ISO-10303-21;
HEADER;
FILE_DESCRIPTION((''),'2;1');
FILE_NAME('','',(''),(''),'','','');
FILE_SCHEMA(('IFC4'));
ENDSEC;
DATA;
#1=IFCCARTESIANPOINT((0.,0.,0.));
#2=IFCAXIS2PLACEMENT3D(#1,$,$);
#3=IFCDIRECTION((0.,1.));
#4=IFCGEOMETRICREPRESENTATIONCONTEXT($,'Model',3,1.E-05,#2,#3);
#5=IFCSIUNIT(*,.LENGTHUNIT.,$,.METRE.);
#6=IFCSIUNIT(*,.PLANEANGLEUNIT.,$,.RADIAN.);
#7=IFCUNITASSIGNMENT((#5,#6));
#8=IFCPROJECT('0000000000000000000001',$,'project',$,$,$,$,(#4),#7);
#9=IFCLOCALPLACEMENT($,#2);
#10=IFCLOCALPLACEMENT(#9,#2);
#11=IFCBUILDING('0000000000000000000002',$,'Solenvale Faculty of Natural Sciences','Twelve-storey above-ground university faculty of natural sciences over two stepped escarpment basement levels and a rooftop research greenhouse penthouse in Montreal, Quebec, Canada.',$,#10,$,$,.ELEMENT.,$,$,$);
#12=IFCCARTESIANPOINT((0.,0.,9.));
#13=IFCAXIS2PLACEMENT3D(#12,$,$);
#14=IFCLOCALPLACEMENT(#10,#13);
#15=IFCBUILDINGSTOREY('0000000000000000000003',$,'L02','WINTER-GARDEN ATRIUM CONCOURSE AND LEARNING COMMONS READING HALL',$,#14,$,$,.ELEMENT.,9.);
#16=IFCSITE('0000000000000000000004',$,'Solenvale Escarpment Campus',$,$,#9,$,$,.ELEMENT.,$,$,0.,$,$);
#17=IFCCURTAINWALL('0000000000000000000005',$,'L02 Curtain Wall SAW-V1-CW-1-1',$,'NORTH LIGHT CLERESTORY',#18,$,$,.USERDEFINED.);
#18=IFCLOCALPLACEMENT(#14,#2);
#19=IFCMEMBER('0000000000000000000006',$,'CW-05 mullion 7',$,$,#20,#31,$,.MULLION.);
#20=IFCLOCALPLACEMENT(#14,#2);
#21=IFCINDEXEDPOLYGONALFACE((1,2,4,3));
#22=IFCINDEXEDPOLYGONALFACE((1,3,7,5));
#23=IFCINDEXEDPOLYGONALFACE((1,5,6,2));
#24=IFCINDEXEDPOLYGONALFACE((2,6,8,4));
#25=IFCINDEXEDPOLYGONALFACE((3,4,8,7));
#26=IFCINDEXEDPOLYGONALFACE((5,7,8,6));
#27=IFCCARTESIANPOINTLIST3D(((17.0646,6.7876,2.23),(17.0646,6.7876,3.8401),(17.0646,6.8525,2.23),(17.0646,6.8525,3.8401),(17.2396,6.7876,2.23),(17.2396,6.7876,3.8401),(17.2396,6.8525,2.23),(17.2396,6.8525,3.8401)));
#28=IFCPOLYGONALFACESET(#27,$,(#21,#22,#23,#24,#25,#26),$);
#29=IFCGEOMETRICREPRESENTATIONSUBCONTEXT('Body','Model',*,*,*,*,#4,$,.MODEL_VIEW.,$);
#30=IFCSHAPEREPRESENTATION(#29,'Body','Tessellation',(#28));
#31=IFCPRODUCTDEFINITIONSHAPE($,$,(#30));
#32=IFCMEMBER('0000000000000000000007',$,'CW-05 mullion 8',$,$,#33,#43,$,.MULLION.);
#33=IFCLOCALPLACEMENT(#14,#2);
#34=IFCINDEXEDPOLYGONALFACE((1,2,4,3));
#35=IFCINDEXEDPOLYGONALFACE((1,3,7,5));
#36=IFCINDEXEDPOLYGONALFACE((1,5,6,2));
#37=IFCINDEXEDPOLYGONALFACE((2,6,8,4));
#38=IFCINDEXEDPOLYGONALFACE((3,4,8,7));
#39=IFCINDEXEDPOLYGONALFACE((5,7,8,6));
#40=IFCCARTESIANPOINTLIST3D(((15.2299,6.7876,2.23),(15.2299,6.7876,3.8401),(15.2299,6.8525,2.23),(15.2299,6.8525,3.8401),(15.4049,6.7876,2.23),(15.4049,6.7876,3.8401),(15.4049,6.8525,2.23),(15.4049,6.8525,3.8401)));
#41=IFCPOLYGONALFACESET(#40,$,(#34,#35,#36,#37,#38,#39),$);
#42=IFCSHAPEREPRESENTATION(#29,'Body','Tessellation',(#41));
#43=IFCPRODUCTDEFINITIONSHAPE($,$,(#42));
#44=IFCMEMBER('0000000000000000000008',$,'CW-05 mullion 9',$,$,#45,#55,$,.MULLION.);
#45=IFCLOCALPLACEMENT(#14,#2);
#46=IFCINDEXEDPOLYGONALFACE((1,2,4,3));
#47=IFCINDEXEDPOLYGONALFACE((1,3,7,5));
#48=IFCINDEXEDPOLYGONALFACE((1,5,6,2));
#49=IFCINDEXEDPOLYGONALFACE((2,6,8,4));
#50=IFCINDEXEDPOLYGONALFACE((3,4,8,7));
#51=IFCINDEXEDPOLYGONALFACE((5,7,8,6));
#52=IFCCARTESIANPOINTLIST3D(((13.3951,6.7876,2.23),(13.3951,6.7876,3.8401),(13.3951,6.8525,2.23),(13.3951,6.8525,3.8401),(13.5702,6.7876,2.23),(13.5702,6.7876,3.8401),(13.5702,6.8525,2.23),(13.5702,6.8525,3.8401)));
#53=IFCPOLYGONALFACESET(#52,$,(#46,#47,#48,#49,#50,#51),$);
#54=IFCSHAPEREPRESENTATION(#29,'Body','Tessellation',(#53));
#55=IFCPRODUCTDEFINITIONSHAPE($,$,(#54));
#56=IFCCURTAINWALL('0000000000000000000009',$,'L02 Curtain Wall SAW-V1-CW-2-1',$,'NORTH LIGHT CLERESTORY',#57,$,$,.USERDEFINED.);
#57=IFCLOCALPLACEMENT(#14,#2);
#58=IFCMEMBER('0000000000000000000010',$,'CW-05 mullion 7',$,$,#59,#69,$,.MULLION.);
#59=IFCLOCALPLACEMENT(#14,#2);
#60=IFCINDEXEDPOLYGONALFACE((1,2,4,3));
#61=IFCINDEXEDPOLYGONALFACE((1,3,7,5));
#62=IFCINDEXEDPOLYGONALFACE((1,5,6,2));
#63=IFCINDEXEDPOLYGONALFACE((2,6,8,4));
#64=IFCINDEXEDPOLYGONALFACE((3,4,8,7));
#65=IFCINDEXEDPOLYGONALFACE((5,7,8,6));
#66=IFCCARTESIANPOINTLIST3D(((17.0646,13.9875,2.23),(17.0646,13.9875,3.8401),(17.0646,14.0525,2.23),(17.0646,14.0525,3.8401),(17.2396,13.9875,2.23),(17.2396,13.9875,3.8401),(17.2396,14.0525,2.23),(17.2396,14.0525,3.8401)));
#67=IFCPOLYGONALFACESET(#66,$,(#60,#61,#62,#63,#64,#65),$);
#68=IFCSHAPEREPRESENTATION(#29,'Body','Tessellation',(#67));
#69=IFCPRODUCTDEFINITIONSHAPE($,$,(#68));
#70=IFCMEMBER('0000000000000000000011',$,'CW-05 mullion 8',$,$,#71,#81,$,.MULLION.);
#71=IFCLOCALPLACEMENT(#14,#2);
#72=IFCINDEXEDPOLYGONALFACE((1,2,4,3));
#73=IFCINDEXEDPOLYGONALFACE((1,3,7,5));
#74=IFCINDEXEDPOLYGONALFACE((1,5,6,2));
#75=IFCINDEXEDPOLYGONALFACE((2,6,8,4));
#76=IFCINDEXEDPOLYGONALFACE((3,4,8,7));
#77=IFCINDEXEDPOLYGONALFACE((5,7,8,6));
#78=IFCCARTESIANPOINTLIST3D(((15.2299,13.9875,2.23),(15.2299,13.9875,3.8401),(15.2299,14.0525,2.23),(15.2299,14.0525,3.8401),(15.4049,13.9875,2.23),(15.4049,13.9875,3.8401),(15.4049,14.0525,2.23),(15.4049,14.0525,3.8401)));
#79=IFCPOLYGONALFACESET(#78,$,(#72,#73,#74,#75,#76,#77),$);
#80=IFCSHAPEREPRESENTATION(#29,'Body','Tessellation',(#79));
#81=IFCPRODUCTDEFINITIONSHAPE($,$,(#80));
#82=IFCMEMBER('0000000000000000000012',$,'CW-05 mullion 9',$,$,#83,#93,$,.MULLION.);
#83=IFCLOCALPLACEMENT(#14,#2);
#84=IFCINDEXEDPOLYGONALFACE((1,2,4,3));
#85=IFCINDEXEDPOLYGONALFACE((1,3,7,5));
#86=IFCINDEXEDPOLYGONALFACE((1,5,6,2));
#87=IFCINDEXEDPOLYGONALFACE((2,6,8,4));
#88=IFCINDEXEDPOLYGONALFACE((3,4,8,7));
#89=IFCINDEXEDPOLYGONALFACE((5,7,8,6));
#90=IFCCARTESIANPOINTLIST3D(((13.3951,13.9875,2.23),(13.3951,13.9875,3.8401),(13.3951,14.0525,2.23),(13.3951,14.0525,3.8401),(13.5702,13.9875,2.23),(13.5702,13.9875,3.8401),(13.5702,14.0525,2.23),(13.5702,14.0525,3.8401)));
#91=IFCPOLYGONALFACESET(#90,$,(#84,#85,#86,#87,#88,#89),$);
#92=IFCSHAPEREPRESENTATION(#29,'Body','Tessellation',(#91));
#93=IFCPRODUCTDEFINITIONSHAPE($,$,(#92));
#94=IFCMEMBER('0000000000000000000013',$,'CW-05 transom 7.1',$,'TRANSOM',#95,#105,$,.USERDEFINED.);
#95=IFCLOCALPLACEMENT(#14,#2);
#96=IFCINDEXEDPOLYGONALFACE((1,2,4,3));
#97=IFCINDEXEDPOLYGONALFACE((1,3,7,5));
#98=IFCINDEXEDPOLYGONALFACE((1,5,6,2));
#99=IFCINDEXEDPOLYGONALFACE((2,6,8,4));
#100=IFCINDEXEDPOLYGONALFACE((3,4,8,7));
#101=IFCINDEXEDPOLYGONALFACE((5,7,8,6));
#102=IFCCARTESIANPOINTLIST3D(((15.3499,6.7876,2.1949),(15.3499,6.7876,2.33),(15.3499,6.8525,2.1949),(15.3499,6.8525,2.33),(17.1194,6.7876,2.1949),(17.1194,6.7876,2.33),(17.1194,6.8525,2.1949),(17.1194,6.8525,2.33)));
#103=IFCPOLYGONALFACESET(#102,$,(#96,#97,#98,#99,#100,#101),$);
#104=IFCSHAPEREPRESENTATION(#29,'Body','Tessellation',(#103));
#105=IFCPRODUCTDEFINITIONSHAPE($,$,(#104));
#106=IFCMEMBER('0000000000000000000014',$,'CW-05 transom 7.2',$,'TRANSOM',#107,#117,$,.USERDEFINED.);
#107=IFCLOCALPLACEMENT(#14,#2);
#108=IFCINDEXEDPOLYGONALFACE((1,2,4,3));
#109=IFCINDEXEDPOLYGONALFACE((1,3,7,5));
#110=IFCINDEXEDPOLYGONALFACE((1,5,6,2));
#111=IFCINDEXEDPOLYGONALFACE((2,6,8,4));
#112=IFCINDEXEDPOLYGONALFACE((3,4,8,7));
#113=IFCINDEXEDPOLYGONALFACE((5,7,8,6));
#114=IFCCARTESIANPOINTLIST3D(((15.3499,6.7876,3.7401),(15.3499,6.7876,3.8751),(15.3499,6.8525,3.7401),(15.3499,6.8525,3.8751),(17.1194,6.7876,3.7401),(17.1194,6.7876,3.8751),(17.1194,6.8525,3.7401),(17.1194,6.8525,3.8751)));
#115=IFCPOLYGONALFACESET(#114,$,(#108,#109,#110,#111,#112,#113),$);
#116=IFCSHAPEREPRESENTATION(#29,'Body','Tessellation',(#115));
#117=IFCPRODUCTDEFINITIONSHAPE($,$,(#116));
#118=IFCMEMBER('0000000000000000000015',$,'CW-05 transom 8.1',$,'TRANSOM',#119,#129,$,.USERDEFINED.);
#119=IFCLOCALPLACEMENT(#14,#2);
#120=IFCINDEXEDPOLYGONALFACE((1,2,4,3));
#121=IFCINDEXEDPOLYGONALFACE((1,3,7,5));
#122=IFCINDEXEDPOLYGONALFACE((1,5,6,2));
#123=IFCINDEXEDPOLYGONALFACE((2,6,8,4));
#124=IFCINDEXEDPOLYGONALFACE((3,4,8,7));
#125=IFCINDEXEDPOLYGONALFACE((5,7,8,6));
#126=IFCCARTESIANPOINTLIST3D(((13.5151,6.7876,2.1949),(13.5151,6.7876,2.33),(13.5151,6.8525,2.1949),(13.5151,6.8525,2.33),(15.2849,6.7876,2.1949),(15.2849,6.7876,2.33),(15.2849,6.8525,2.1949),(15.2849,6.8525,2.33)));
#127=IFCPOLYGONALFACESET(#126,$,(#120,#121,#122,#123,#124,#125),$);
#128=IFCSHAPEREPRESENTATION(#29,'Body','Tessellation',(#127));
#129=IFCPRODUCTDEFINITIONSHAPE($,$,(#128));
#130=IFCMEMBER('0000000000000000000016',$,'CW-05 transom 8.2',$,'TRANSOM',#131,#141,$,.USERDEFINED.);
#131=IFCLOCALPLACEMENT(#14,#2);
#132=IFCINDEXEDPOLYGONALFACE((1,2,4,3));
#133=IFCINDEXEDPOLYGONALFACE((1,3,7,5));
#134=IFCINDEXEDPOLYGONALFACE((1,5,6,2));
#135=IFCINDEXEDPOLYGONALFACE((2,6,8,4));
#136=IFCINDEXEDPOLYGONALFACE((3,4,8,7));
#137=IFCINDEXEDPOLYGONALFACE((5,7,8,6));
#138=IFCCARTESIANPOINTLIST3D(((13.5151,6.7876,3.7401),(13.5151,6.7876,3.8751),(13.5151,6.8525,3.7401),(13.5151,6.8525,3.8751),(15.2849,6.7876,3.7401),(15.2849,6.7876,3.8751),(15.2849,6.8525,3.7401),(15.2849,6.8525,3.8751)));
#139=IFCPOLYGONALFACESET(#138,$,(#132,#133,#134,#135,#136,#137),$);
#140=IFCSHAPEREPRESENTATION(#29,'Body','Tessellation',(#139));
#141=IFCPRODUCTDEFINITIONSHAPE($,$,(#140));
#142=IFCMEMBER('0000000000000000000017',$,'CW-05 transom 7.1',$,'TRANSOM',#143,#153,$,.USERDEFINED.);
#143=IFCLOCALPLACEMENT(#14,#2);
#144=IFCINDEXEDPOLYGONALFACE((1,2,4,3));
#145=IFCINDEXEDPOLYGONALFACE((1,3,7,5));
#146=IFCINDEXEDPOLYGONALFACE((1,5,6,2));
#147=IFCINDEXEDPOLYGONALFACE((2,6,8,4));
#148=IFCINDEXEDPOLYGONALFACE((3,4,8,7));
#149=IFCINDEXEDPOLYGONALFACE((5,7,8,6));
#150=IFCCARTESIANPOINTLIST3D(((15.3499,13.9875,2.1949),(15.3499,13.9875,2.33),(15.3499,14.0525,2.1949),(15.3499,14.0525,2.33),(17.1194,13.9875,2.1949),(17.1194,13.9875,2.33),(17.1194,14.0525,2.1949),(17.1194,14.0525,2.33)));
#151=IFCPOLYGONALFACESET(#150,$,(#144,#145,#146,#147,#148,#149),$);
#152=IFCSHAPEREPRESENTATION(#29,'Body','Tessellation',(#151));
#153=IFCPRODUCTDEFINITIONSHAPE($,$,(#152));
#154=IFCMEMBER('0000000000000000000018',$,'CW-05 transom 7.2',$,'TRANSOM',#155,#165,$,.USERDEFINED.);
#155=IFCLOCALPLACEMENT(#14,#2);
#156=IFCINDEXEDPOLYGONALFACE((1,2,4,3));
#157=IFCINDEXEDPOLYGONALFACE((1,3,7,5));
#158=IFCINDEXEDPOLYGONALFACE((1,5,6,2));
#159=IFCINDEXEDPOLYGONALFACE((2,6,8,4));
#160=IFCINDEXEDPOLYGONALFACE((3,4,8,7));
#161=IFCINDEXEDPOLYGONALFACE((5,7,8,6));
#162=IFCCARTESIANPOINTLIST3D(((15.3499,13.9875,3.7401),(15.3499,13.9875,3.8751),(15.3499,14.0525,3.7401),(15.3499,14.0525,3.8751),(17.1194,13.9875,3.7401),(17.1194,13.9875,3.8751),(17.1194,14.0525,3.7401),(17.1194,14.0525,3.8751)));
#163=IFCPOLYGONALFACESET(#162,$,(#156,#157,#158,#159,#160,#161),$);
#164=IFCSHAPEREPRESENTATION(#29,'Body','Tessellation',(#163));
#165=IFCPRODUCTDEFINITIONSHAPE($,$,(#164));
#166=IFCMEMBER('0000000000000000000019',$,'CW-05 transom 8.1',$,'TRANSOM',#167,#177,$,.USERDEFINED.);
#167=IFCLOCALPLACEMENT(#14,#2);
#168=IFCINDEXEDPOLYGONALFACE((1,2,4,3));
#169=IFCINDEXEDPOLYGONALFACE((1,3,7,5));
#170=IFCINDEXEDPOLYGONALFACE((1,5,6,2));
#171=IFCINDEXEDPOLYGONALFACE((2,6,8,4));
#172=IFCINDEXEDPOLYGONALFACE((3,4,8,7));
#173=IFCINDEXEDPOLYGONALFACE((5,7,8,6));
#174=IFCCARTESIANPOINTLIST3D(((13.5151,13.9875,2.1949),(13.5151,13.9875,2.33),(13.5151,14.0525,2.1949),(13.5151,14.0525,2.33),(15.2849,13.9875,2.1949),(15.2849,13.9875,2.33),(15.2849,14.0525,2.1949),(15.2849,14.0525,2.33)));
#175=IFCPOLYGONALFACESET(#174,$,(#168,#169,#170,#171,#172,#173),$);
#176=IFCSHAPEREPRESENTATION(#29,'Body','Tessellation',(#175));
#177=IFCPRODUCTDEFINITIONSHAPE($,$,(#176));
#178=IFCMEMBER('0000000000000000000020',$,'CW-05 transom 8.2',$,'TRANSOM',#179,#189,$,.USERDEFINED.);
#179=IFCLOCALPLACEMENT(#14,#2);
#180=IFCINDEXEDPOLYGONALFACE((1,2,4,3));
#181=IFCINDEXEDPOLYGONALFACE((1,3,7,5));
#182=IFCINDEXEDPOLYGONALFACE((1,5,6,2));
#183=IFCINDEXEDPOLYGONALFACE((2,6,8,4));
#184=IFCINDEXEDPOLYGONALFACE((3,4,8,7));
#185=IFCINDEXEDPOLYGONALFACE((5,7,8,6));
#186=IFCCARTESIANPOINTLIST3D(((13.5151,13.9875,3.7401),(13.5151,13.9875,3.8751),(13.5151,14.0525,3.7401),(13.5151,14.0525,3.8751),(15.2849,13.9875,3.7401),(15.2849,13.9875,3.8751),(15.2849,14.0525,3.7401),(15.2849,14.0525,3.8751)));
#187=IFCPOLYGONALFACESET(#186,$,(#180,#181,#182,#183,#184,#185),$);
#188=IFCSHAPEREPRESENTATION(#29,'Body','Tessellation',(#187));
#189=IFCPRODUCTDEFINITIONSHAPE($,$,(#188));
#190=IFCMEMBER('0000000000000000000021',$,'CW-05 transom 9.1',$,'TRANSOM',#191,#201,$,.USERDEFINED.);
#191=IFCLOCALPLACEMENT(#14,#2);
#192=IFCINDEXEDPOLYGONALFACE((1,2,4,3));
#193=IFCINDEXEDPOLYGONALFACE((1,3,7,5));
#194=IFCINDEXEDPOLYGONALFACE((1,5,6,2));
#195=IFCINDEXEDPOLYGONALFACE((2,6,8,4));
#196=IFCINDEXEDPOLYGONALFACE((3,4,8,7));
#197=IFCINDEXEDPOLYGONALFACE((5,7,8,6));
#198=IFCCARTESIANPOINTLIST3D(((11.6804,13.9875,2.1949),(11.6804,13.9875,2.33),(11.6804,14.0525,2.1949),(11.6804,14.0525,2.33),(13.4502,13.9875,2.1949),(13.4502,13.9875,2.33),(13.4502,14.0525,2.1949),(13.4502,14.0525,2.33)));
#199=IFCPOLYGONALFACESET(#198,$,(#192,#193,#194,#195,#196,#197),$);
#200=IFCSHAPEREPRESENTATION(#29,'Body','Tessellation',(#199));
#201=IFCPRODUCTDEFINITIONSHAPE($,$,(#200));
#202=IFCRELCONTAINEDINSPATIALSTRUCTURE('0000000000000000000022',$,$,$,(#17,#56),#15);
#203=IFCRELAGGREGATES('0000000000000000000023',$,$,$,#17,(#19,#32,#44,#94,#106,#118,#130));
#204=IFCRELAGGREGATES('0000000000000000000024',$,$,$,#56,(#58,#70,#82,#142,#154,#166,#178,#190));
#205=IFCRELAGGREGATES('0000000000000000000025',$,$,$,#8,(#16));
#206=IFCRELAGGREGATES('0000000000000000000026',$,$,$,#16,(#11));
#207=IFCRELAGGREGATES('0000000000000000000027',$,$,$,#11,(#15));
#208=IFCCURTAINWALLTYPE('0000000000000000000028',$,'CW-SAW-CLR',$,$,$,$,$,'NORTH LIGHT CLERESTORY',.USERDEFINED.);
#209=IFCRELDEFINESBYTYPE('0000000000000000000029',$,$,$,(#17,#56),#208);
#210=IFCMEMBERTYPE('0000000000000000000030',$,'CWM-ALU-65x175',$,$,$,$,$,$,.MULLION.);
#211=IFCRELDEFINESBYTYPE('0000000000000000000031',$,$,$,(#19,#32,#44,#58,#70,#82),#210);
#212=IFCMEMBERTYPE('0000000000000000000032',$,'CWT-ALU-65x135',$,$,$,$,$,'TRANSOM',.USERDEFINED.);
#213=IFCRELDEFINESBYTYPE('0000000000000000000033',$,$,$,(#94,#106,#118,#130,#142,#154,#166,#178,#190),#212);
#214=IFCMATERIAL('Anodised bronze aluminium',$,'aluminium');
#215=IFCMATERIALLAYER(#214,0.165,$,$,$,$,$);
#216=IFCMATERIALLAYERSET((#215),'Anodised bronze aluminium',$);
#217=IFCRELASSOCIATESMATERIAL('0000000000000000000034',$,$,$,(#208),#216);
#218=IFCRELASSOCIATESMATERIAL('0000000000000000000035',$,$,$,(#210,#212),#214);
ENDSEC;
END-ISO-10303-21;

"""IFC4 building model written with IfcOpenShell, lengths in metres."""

from ifc_helpers import new_model, si_unit, direction, frame, origin, origin_2d, place, context, subcontext, project, spatial, rectangle, extrude, material, layer, layer_set, material_profile, profile_set, type_object, element, aggregate, save


model = new_model("IFC4")

# Units and contexts
model_context = context("Model", 3, precision=1e-05, world=origin(), true_north=direction((0.0, 1.0)))
body_context = subcontext(model_context, "Body", "Model", "MODEL_VIEW")
ifc_project = project(units=[si_unit("LENGTHUNIT", "METRE"), si_unit("PLANEANGLEUNIT", "RADIAN")], contexts=[model_context])

# Site, building, storey
site_placement = place(None, origin())
site = spatial("IfcSite", under=ifc_project, at=site_placement, Name="Solenvale Escarpment Campus", CompositionType="ELEMENT", RefElevation=0.0)
building_placement = place(site_placement, origin())
building = spatial("IfcBuilding", under=site, at=building_placement, Name="Solenvale Faculty of Natural Sciences", Description="Twelve-storey above-ground university faculty of natural sciences over two stepped escarpment basement levels and a rooftop research greenhouse penthouse in Montreal, Quebec, Canada.", CompositionType="ELEMENT")
storey_placement = place(building_placement, frame((0.0, 0.0, 9.0)))
storey = spatial("IfcBuildingStorey", under=building, at=storey_placement, Name="L02", Description="WINTER-GARDEN ATRIUM CONCOURSE AND LEARNING COMMONS READING HALL", CompositionType="ELEMENT", Elevation=9.0)

# Curtain walls, members
ifc_material_1 = material(Name="Anodised bronze aluminium", Category="aluminium")
ifc_layer_1 = layer(ifc_material_1, 0.165)
ifc_layer_set_1 = layer_set([ifc_layer_1], Name="Anodised bronze aluminium")
curtain_wall_type = type_object("IfcCurtainWallType", Name="CW-SAW-CLR", ElementType="NORTH LIGHT CLERESTORY", PredefinedType="USERDEFINED", material=ifc_layer_set_1)
curtain_wall_1_placement = place(storey_placement, origin())
curtain_wall_1 = element("IfcCurtainWall", 1, at=curtain_wall_1_placement, inside=storey, type_object=curtain_wall_type, Name="L02 Curtain Wall SAW-V1-CW-1-1", ObjectType="NORTH LIGHT CLERESTORY", PredefinedType="USERDEFINED")
ifc_material_profile_1 = material_profile(ifc_material_1, rectangle(XDim=0.0649, YDim=0.175, at=origin_2d()), Name="ALU-MUL-65x175")
ifc_profile_set_1 = profile_set([ifc_material_profile_1], Name="Anodised bronze aluminium")
member_type_1 = type_object("IfcMemberType", Name="CWM-ALU-65x175", PredefinedType="MULLION", material=ifc_profile_set_1)
member_1_placement = place(storey_placement, frame((17.1521, 6.8201, 2.23), z_axis=(0.0, 0.0, 1.0), x_axis=(0.0, -1.0, 0.0)))
member_1 = element("IfcMember", 2, at=member_1_placement, type_object=member_type_1, Name="CW-05 mullion 7", PredefinedType="MULLION", context=body_context, shape_type="SweptSolid", body=[
    extrude(rectangle(XDim=0.0649, YDim=0.175, at=origin_2d()), origin(), (0.0, 0.0, 1.0), 1.6101),
])
member_2_placement = place(storey_placement, frame((15.3174, 6.8201, 2.23), z_axis=(0.0, 0.0, 1.0), x_axis=(0.0, -1.0, 0.0)))
member_2 = element("IfcMember", 3, at=member_2_placement, type_object=member_type_1, Name="CW-05 mullion 8", PredefinedType="MULLION", context=body_context, shape_type="SweptSolid", body=[
    extrude(rectangle(XDim=0.0649, YDim=0.175, at=origin_2d()), origin(), (0.0, 0.0, 1.0), 1.6101),
])
member_3_placement = place(storey_placement, frame((13.4827, 6.8201, 2.23), z_axis=(0.0, 0.0, 1.0), x_axis=(0.0, -1.0, 0.0)))
member_3 = element("IfcMember", 4, at=member_3_placement, type_object=member_type_1, Name="CW-05 mullion 9", PredefinedType="MULLION", context=body_context, shape_type="SweptSolid", body=[
    extrude(rectangle(XDim=0.0649, YDim=0.175, at=origin_2d()), origin(), (0.0, 0.0, 1.0), 1.6101),
])
curtain_wall_2_placement = place(storey_placement, origin())
curtain_wall_2 = element("IfcCurtainWall", 5, at=curtain_wall_2_placement, inside=storey, type_object=curtain_wall_type, Name="L02 Curtain Wall SAW-V1-CW-2-1", ObjectType="NORTH LIGHT CLERESTORY", PredefinedType="USERDEFINED")
member_4_placement = place(storey_placement, frame((17.1521, 14.02, 2.23), z_axis=(0.0, 0.0, 1.0), x_axis=(0.0, -1.0, 0.0)))
member_4 = element("IfcMember", 6, at=member_4_placement, type_object=member_type_1, Name="CW-05 mullion 7", PredefinedType="MULLION", context=body_context, shape_type="SweptSolid", body=[
    extrude(rectangle(XDim=0.0649, YDim=0.175, at=origin_2d()), origin(), (0.0, 0.0, 1.0), 1.6101),
])
member_5_placement = place(storey_placement, frame((15.3174, 14.02, 2.23), z_axis=(0.0, 0.0, 1.0), x_axis=(0.0, -1.0, 0.0)))
member_5 = element("IfcMember", 7, at=member_5_placement, type_object=member_type_1, Name="CW-05 mullion 8", PredefinedType="MULLION", context=body_context, shape_type="SweptSolid", body=[
    extrude(rectangle(XDim=0.0649, YDim=0.175, at=origin_2d()), origin(), (0.0, 0.0, 1.0), 1.6101),
])
member_6_placement = place(storey_placement, frame((13.4827, 14.02, 2.23), z_axis=(0.0, 0.0, 1.0), x_axis=(0.0, -1.0, 0.0)))
member_6 = element("IfcMember", 8, at=member_6_placement, type_object=member_type_1, Name="CW-05 mullion 9", PredefinedType="MULLION", context=body_context, shape_type="SweptSolid", body=[
    extrude(rectangle(XDim=0.0649, YDim=0.175, at=origin_2d()), origin(), (0.0, 0.0, 1.0), 1.6101),
])

# Members
ifc_material_profile_2 = material_profile(ifc_material_1, rectangle(XDim=0.0649, YDim=0.135, at=origin_2d()), Name="ALU-TRN-65x135")
ifc_profile_set_2 = profile_set([ifc_material_profile_2], Name="Anodised bronze aluminium")
member_type_2 = type_object("IfcMemberType", Name="CWT-ALU-65x135", ElementType="TRANSOM", PredefinedType="USERDEFINED", material=ifc_profile_set_2)
member_7_placement = place(storey_placement, frame((17.1194, 6.8201, 2.2625), z_axis=(-1.0, 0.0, 0.0), x_axis=(0.0, -1.0, 0.0)))
member_7 = element("IfcMember", 9, at=member_7_placement, type_object=member_type_2, Name="CW-05 transom 7.1", ObjectType="TRANSOM", PredefinedType="USERDEFINED", context=body_context, shape_type="SweptSolid", body=[
    extrude(rectangle(XDim=0.0649, YDim=0.135, at=origin_2d()), origin(), (0.0, 0.0, 1.0), 1.7695),
])
member_8_placement = place(storey_placement, frame((17.1194, 6.8201, 3.8076), z_axis=(-1.0, 0.0, 0.0), x_axis=(0.0, -1.0, 0.0)))
member_8 = element("IfcMember", 10, at=member_8_placement, type_object=member_type_2, Name="CW-05 transom 7.2", ObjectType="TRANSOM", PredefinedType="USERDEFINED", context=body_context, shape_type="SweptSolid", body=[
    extrude(rectangle(XDim=0.0649, YDim=0.135, at=origin_2d()), origin(), (0.0, 0.0, 1.0), 1.7695),
])
member_9_placement = place(storey_placement, frame((15.2849, 6.8201, 2.2625), z_axis=(-1.0, 0.0, 0.0), x_axis=(0.0, -1.0, 0.0)))
member_9 = element("IfcMember", 11, at=member_9_placement, type_object=member_type_2, Name="CW-05 transom 8.1", ObjectType="TRANSOM", PredefinedType="USERDEFINED", context=body_context, shape_type="SweptSolid", body=[
    extrude(rectangle(XDim=0.0649, YDim=0.135, at=origin_2d()), origin(), (0.0, 0.0, 1.0), 1.7698),
])
member_10_placement = place(storey_placement, frame((15.2849, 6.8201, 3.8076), z_axis=(-1.0, 0.0, 0.0), x_axis=(0.0, -1.0, 0.0)))
member_10 = element("IfcMember", 12, at=member_10_placement, type_object=member_type_2, Name="CW-05 transom 8.2", ObjectType="TRANSOM", PredefinedType="USERDEFINED", context=body_context, shape_type="SweptSolid", body=[
    extrude(rectangle(XDim=0.0649, YDim=0.135, at=origin_2d()), origin(), (0.0, 0.0, 1.0), 1.7698),
])
member_11_placement = place(storey_placement, frame((17.1194, 14.02, 2.2625), z_axis=(-1.0, 0.0, 0.0), x_axis=(0.0, -1.0, 0.0)))
member_11 = element("IfcMember", 13, at=member_11_placement, type_object=member_type_2, Name="CW-05 transom 7.1", ObjectType="TRANSOM", PredefinedType="USERDEFINED", context=body_context, shape_type="SweptSolid", body=[
    extrude(rectangle(XDim=0.0649, YDim=0.135, at=origin_2d()), origin(), (0.0, 0.0, 1.0), 1.7695),
])
member_12_placement = place(storey_placement, frame((17.1194, 14.02, 3.8076), z_axis=(-1.0, 0.0, 0.0), x_axis=(0.0, -1.0, 0.0)))
member_12 = element("IfcMember", 14, at=member_12_placement, type_object=member_type_2, Name="CW-05 transom 7.2", ObjectType="TRANSOM", PredefinedType="USERDEFINED", context=body_context, shape_type="SweptSolid", body=[
    extrude(rectangle(XDim=0.0649, YDim=0.135, at=origin_2d()), origin(), (0.0, 0.0, 1.0), 1.7695),
])
member_13_placement = place(storey_placement, frame((15.2849, 14.02, 2.2625), z_axis=(-1.0, 0.0, 0.0), x_axis=(0.0, -1.0, 0.0)))
member_13 = element("IfcMember", 15, at=member_13_placement, type_object=member_type_2, Name="CW-05 transom 8.1", ObjectType="TRANSOM", PredefinedType="USERDEFINED", context=body_context, shape_type="SweptSolid", body=[
    extrude(rectangle(XDim=0.0649, YDim=0.135, at=origin_2d()), origin(), (0.0, 0.0, 1.0), 1.7698),
])
member_14_placement = place(storey_placement, frame((15.2849, 14.02, 3.8076), z_axis=(-1.0, 0.0, 0.0), x_axis=(0.0, -1.0, 0.0)))
member_14 = element("IfcMember", 16, at=member_14_placement, type_object=member_type_2, Name="CW-05 transom 8.2", ObjectType="TRANSOM", PredefinedType="USERDEFINED", context=body_context, shape_type="SweptSolid", body=[
    extrude(rectangle(XDim=0.0649, YDim=0.135, at=origin_2d()), origin(), (0.0, 0.0, 1.0), 1.7698),
])
member_15_placement = place(storey_placement, frame((13.4502, 14.02, 2.2625), z_axis=(-1.0, 0.0, 0.0), x_axis=(0.0, -1.0, 0.0)))
member_15 = element("IfcMember", 17, at=member_15_placement, type_object=member_type_2, Name="CW-05 transom 9.1", ObjectType="TRANSOM", PredefinedType="USERDEFINED", context=body_context, shape_type="SweptSolid", body=[
    extrude(rectangle(XDim=0.0649, YDim=0.135, at=origin_2d()), origin(), (0.0, 0.0, 1.0), 1.7698),
])

aggregate(curtain_wall_1, [member_1, member_2, member_3, member_7, member_8, member_9, member_10])
aggregate(curtain_wall_2, [member_4, member_5, member_6, member_11, member_12, member_13, member_14, member_15])

save(model, "model.ifc")
